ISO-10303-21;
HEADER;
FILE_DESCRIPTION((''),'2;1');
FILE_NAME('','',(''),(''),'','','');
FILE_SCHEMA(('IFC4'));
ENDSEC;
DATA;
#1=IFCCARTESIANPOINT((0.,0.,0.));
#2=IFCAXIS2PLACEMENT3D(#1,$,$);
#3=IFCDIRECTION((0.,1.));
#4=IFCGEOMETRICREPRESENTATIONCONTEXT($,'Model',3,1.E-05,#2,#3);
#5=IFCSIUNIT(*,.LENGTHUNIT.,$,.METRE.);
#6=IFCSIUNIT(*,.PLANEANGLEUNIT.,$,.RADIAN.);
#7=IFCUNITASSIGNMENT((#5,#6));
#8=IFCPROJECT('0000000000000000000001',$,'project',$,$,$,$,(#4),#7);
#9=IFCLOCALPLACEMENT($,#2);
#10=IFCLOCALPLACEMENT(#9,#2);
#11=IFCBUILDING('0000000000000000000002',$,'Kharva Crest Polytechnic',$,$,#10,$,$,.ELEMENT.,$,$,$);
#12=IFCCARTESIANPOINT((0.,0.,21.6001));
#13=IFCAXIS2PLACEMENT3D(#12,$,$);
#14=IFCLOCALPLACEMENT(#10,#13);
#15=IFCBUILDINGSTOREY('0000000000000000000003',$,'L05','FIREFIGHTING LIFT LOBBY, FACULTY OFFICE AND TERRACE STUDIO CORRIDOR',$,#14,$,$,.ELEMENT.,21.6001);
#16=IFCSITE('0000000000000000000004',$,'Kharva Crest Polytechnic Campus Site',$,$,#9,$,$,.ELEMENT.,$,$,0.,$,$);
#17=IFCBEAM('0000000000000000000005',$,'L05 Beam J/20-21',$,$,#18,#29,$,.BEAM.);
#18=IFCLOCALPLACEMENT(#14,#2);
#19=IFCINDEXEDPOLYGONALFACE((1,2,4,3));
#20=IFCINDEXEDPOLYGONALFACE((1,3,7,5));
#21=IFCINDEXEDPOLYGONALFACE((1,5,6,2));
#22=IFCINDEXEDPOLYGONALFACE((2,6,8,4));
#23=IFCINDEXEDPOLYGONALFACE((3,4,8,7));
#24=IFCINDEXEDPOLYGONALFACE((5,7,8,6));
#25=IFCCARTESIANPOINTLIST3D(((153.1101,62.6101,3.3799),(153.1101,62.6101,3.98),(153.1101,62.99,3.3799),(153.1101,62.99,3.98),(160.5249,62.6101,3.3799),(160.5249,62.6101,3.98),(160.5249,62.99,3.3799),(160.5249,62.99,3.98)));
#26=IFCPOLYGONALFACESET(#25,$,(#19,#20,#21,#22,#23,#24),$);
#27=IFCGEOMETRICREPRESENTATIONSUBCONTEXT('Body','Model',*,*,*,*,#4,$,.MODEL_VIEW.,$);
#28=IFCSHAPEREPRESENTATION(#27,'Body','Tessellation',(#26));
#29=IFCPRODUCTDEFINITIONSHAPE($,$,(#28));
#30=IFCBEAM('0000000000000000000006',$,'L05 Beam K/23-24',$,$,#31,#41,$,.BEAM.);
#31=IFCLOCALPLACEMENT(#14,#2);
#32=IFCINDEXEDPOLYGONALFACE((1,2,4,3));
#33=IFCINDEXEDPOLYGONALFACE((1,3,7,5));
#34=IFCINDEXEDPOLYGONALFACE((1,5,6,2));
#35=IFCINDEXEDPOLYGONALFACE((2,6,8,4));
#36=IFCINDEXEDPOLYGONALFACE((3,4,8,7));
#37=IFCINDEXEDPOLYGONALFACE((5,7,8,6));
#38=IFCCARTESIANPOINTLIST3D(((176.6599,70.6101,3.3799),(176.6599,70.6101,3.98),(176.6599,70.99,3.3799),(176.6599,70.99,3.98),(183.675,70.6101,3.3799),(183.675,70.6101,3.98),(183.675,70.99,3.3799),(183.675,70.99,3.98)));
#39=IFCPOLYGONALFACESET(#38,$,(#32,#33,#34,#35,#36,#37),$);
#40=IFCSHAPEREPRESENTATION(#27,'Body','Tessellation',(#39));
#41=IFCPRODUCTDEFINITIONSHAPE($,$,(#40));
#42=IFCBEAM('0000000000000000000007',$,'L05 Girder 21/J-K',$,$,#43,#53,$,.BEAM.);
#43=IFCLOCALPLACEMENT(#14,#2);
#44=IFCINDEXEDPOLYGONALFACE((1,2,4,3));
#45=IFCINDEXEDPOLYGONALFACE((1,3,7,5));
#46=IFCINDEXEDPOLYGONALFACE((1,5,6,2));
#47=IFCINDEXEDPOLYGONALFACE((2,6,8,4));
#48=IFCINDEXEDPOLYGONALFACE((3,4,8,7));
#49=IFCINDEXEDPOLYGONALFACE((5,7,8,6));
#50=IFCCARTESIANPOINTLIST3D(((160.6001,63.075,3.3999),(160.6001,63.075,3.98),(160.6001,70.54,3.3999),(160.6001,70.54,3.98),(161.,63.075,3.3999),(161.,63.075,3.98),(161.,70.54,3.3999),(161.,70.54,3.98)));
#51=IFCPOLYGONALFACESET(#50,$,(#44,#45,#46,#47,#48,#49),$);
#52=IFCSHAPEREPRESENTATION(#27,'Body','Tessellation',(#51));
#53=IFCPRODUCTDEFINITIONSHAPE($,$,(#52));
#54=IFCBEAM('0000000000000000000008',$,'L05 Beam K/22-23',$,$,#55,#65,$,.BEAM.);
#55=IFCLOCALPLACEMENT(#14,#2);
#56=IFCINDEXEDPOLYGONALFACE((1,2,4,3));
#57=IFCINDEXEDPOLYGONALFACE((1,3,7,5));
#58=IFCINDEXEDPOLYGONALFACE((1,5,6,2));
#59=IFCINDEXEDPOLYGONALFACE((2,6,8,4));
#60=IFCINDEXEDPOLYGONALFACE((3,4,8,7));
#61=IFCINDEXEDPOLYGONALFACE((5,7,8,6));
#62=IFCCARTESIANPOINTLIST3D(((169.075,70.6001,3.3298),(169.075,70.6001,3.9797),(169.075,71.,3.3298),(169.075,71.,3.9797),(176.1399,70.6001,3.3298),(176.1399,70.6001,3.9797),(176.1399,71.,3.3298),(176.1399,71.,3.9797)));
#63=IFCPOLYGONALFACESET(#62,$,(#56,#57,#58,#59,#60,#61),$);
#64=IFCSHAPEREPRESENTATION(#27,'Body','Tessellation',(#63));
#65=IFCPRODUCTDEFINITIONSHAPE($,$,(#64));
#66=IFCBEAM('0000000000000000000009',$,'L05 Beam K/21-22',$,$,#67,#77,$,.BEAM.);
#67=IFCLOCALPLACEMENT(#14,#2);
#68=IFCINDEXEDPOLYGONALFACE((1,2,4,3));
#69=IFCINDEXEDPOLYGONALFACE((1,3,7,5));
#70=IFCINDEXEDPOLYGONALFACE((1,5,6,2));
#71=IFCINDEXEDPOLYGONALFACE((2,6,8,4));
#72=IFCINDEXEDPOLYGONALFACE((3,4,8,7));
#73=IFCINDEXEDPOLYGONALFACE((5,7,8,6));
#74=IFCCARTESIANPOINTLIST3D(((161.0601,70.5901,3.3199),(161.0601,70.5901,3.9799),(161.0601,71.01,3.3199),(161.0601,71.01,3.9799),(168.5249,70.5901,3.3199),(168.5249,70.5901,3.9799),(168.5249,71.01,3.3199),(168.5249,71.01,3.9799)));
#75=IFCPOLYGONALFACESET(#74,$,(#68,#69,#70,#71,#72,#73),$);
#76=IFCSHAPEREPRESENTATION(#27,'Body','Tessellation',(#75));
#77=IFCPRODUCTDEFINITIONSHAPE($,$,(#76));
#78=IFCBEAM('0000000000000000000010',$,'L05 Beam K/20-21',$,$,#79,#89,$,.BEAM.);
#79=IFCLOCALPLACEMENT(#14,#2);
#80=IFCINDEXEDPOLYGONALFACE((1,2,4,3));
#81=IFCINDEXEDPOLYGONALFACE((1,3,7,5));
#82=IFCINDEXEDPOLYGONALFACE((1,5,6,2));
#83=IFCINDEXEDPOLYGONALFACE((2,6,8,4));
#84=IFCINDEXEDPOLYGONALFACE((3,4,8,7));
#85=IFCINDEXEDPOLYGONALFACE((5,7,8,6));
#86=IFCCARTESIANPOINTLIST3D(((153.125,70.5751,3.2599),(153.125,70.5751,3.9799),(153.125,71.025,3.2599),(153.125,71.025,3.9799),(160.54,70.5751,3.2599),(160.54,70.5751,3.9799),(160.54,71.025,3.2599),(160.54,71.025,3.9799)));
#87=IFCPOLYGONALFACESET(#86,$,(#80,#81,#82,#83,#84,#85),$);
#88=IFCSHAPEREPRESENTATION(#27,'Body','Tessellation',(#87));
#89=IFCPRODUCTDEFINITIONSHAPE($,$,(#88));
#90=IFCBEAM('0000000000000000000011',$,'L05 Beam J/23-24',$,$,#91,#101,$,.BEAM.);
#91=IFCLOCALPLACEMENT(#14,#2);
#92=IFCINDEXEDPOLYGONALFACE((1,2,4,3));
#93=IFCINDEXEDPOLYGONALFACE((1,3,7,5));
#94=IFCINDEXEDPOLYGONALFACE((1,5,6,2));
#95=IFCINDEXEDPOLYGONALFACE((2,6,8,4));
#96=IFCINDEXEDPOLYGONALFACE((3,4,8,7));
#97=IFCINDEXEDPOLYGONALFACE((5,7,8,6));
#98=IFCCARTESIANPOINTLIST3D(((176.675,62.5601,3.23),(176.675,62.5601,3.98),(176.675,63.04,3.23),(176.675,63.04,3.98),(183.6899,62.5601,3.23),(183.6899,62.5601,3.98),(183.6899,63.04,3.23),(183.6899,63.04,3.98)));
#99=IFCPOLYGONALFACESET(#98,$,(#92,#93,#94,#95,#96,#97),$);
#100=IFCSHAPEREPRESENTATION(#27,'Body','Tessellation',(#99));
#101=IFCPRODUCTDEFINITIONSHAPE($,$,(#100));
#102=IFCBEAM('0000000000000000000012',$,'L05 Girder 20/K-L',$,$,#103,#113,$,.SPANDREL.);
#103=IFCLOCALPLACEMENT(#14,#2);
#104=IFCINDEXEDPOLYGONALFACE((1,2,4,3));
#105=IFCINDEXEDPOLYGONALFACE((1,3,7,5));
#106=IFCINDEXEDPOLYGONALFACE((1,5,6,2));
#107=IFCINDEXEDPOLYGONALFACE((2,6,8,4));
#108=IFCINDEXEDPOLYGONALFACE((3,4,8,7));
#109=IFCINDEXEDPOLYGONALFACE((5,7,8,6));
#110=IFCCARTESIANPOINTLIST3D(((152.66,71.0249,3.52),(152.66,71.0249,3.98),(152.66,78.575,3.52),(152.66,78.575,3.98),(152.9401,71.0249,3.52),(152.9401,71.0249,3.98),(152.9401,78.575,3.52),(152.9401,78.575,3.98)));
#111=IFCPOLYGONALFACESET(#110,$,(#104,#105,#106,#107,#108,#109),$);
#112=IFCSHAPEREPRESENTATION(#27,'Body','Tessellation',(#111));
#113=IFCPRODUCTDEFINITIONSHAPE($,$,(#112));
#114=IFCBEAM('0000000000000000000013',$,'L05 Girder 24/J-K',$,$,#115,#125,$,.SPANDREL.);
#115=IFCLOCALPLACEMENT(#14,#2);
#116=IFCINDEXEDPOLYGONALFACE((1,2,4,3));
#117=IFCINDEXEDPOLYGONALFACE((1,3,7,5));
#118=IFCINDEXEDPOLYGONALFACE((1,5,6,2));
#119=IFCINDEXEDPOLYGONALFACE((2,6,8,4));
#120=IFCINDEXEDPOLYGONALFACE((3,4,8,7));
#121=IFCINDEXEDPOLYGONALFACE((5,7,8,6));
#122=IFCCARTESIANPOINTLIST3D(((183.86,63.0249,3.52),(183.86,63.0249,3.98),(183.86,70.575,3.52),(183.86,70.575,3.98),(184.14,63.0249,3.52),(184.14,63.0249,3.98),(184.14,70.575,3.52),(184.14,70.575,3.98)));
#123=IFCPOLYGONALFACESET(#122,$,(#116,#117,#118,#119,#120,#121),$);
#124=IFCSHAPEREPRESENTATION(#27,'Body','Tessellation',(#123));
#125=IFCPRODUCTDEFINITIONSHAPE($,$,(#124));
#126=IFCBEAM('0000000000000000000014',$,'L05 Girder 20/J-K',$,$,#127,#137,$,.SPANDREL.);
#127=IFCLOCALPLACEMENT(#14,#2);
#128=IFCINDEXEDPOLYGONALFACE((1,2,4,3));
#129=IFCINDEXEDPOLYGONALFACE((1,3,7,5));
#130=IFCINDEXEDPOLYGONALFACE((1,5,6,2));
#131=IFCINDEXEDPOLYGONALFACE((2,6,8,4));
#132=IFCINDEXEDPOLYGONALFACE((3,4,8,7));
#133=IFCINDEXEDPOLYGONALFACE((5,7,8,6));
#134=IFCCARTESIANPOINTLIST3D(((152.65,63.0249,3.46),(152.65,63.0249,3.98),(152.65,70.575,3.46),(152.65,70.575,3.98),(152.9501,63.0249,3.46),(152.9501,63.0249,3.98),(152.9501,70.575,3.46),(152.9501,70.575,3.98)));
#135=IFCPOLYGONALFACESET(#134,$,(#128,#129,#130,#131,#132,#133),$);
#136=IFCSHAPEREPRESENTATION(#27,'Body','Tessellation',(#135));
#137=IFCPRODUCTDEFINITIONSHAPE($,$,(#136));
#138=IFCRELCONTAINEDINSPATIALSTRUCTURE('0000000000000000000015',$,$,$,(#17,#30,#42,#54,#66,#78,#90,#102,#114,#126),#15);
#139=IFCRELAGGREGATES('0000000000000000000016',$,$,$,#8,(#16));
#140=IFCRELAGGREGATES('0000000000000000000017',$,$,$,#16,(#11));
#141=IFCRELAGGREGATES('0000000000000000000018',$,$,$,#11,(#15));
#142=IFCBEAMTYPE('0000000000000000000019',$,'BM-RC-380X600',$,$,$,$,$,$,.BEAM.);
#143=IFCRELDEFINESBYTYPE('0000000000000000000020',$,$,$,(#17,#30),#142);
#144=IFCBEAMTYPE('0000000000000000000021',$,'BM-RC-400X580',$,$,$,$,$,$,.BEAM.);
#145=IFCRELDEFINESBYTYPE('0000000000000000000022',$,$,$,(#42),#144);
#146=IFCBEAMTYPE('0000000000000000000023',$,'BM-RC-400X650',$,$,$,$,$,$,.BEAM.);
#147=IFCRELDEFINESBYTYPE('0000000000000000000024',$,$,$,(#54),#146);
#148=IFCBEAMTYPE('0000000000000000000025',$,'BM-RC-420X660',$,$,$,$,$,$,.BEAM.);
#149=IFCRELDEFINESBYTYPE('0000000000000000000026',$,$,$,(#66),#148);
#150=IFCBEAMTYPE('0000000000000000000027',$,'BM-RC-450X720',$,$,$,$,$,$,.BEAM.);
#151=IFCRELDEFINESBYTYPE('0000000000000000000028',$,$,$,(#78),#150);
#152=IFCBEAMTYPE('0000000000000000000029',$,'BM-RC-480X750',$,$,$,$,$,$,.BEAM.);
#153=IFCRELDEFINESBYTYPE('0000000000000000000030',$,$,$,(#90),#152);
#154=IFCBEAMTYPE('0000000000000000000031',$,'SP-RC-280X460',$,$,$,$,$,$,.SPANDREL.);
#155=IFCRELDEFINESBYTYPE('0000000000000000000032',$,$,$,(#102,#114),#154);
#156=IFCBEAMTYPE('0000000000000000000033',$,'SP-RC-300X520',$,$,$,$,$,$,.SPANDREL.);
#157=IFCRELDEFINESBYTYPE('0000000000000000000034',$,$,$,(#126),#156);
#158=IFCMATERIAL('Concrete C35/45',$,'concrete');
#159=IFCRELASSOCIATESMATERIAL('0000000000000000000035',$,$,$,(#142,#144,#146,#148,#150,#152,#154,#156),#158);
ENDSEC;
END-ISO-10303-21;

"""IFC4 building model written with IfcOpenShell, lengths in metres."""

from ifc_helpers import new_model, si_unit, direction, frame, origin, origin_2d, place, context, subcontext, project, spatial, rectangle, extrude, material, material_profile, profile_set, type_object, element, save


model = new_model("IFC4")

# Units and contexts
model_context = context("Model", 3, precision=1e-05, world=origin(), true_north=direction((0.0, 1.0)))
body_context = subcontext(model_context, "Body", "Model", "MODEL_VIEW")
ifc_project = project(units=[si_unit("LENGTHUNIT", "METRE"), si_unit("PLANEANGLEUNIT", "RADIAN")], contexts=[model_context])

# Site, building, storey
site_placement = place(None, origin())
site = spatial("IfcSite", under=ifc_project, at=site_placement, Name="Kharva Crest Polytechnic Campus Site", CompositionType="ELEMENT", RefElevation=0.0)
building_placement = place(site_placement, origin())
building = spatial("IfcBuilding", under=site, at=building_placement, Name="Kharva Crest Polytechnic", CompositionType="ELEMENT")
storey_placement = place(building_placement, frame((0.0, 0.0, 21.6001)))
storey = spatial("IfcBuildingStorey", under=building, at=storey_placement, Name="L05", Description="FIREFIGHTING LIFT LOBBY, FACULTY OFFICE AND TERRACE STUDIO CORRIDOR", CompositionType="ELEMENT", Elevation=21.6001)

# Beams
ifc_material_1 = material(Name="Concrete C35/45", Category="concrete")
ifc_material_profile_1 = material_profile(ifc_material_1, rectangle(XDim=0.3799, YDim=0.6001, at=origin_2d()), Name="RECT 380 X 600")
ifc_profile_set_1 = profile_set([ifc_material_profile_1], Name="Concrete C35/45")
beam_type_1 = type_object("IfcBeamType", Name="BM-RC-380X600", PredefinedType="BEAM", material=ifc_profile_set_1)
beam_1_placement = place(storey_placement, frame((153.1101, 62.8, 3.6799), z_axis=(1.0, 0.0, 0.0), x_axis=(0.0, 1.0, 0.0)))
element("IfcBeam", 1, at=beam_1_placement, inside=storey, type_object=beam_type_1, Name="L05 Beam J/20-21", PredefinedType="BEAM", context=body_context, shape_type="SweptSolid", body=[
    extrude(rectangle(XDim=0.3799, YDim=0.6001, at=origin_2d()), origin(), (0.0, 0.0, 1.0), 7.4148),
])
beam_2_placement = place(storey_placement, frame((176.6599, 70.8, 3.6799), z_axis=(1.0, 0.0, 0.0), x_axis=(0.0, 1.0, 0.0)))
element("IfcBeam", 2, at=beam_2_placement, inside=storey, type_object=beam_type_1, Name="L05 Beam K/23-24", PredefinedType="BEAM", context=body_context, shape_type="SweptSolid", body=[
    extrude(rectangle(XDim=0.3799, YDim=0.6001, at=origin_2d()), origin(), (0.0, 0.0, 1.0), 7.0151),
])
ifc_material_profile_2 = material_profile(ifc_material_1, rectangle(XDim=0.3999, YDim=0.5801, at=origin_2d()), Name="RECT 400 X 580")
ifc_profile_set_2 = profile_set([ifc_material_profile_2], Name="Concrete C35/45")
beam_type_2 = type_object("IfcBeamType", Name="BM-RC-400X580", PredefinedType="BEAM", material=ifc_profile_set_2)
beam_3_placement = place(storey_placement, frame((160.8, 63.075, 3.6899), z_axis=(0.0, 1.0, 0.0), x_axis=(-1.0, 0.0, 0.0)))
element("IfcBeam", 3, at=beam_3_placement, inside=storey, type_object=beam_type_2, Name="L05 Girder 21/J-K", PredefinedType="BEAM", context=body_context, shape_type="SweptSolid", body=[
    extrude(rectangle(XDim=0.3999, YDim=0.5801, at=origin_2d()), origin(), (0.0, 0.0, 1.0), 7.4651),
])
ifc_material_profile_3 = material_profile(ifc_material_1, rectangle(XDim=0.3999, YDim=0.6499, at=origin_2d()), Name="RECT 400 X 650")
ifc_profile_set_3 = profile_set([ifc_material_profile_3], Name="Concrete C35/45")
beam_type_3 = type_object("IfcBeamType", Name="BM-RC-400X650", PredefinedType="BEAM", material=ifc_profile_set_3)
beam_4_placement = place(storey_placement, frame((169.075, 70.8, 3.6548), z_axis=(1.0, 0.0, 0.0), x_axis=(0.0, 1.0, 0.0)))
element("IfcBeam", 4, at=beam_4_placement, inside=storey, type_object=beam_type_3, Name="L05 Beam K/22-23", PredefinedType="BEAM", context=body_context, shape_type="SweptSolid", body=[
    extrude(rectangle(XDim=0.3999, YDim=0.6499, at=origin_2d()), origin(), (0.0, 0.0, 1.0), 7.0649),
])
ifc_material_profile_4 = material_profile(ifc_material_1, rectangle(XDim=0.4199, YDim=0.6599, at=origin_2d()), Name="RECT 420 X 660")
ifc_profile_set_4 = profile_set([ifc_material_profile_4], Name="Concrete C35/45")
beam_type_4 = type_object("IfcBeamType", Name="BM-RC-420X660", PredefinedType="BEAM", material=ifc_profile_set_4)
beam_5_placement = place(storey_placement, frame((161.0601, 70.8, 3.6499), z_axis=(1.0, 0.0, 0.0), x_axis=(0.0, 1.0, 0.0)))
element("IfcBeam", 5, at=beam_5_placement, inside=storey, type_object=beam_type_4, Name="L05 Beam K/21-22", PredefinedType="BEAM", context=body_context, shape_type="SweptSolid", body=[
    extrude(rectangle(XDim=0.4199, YDim=0.6599, at=origin_2d()), origin(), (0.0, 0.0, 1.0), 7.4648),
])
ifc_material_profile_5 = material_profile(ifc_material_1, rectangle(XDim=0.45, YDim=0.72, at=origin_2d()), Name="RECT 450 X 720")
ifc_profile_set_5 = profile_set([ifc_material_profile_5], Name="Concrete C35/45")
beam_type_5 = type_object("IfcBeamType", Name="BM-RC-450X720", PredefinedType="BEAM", material=ifc_profile_set_5)
beam_6_placement = place(storey_placement, frame((153.125, 70.8, 3.6199), z_axis=(1.0, 0.0, 0.0), x_axis=(0.0, 1.0, 0.0)))
element("IfcBeam", 6, at=beam_6_placement, inside=storey, type_object=beam_type_5, Name="L05 Beam K/20-21", PredefinedType="BEAM", context=body_context, shape_type="SweptSolid", body=[
    extrude(rectangle(XDim=0.45, YDim=0.72, at=origin_2d()), origin(), (0.0, 0.0, 1.0), 7.415),
])
ifc_material_profile_6 = material_profile(ifc_material_1, rectangle(XDim=0.48, YDim=0.75, at=origin_2d()), Name="RECT 480 X 750")
ifc_profile_set_6 = profile_set([ifc_material_profile_6], Name="Concrete C35/45")
beam_type_6 = type_object("IfcBeamType", Name="BM-RC-480X750", PredefinedType="BEAM", material=ifc_profile_set_6)
beam_7_placement = place(storey_placement, frame((176.675, 62.8, 3.605), z_axis=(1.0, 0.0, 0.0), x_axis=(0.0, 1.0, 0.0)))
element("IfcBeam", 7, at=beam_7_placement, inside=storey, type_object=beam_type_6, Name="L05 Beam J/23-24", PredefinedType="BEAM", context=body_context, shape_type="SweptSolid", body=[
    extrude(rectangle(XDim=0.48, YDim=0.75, at=origin_2d()), origin(), (0.0, 0.0, 1.0), 7.0149),
])
ifc_material_profile_7 = material_profile(ifc_material_1, rectangle(XDim=0.28, YDim=0.46, at=origin_2d()), Name="RECT 280 X 460")
ifc_profile_set_7 = profile_set([ifc_material_profile_7], Name="Concrete C35/45")
beam_type_7 = type_object("IfcBeamType", Name="SP-RC-280X460", PredefinedType="SPANDREL", material=ifc_profile_set_7)
for number, where, z_axis, x_axis, name in (
    (8, (152.8, 71.0249, 3.75), (0.0, 1.0, 0.0), (-1.0, 0.0, 0.0), "L05 Girder 20/K-L"),
    (9, (184.0, 63.0249, 3.75), (0.0, 1.0, 0.0), (-1.0, 0.0, 0.0), "L05 Girder 24/J-K"),
):
    element("IfcBeam", number, at=place(storey_placement, frame(where, z_axis=z_axis, x_axis=x_axis)), inside=storey, type_object=beam_type_7, Name=name, PredefinedType="SPANDREL", context=body_context, shape_type="SweptSolid", body=[
        extrude(rectangle(XDim=0.28, YDim=0.46, at=origin_2d()), origin(), (0.0, 0.0, 1.0), 7.55),
    ])
ifc_material_profile_8 = material_profile(ifc_material_1, rectangle(XDim=0.3, YDim=0.52, at=origin_2d()), Name="RECT 300 X 520")
ifc_profile_set_8 = profile_set([ifc_material_profile_8], Name="Concrete C35/45")
beam_type_8 = type_object("IfcBeamType", Name="SP-RC-300X520", PredefinedType="SPANDREL", material=ifc_profile_set_8)
beam_8_placement = place(storey_placement, frame((152.8, 63.0249, 3.72), z_axis=(0.0, 1.0, 0.0), x_axis=(-1.0, 0.0, 0.0)))
element("IfcBeam", 10, at=beam_8_placement, inside=storey, type_object=beam_type_8, Name="L05 Girder 20/J-K", PredefinedType="SPANDREL", context=body_context, shape_type="SweptSolid", body=[
    extrude(rectangle(XDim=0.3, YDim=0.52, at=origin_2d()), origin(), (0.0, 0.0, 1.0), 7.55),
])

save(model, "model.ifc")
